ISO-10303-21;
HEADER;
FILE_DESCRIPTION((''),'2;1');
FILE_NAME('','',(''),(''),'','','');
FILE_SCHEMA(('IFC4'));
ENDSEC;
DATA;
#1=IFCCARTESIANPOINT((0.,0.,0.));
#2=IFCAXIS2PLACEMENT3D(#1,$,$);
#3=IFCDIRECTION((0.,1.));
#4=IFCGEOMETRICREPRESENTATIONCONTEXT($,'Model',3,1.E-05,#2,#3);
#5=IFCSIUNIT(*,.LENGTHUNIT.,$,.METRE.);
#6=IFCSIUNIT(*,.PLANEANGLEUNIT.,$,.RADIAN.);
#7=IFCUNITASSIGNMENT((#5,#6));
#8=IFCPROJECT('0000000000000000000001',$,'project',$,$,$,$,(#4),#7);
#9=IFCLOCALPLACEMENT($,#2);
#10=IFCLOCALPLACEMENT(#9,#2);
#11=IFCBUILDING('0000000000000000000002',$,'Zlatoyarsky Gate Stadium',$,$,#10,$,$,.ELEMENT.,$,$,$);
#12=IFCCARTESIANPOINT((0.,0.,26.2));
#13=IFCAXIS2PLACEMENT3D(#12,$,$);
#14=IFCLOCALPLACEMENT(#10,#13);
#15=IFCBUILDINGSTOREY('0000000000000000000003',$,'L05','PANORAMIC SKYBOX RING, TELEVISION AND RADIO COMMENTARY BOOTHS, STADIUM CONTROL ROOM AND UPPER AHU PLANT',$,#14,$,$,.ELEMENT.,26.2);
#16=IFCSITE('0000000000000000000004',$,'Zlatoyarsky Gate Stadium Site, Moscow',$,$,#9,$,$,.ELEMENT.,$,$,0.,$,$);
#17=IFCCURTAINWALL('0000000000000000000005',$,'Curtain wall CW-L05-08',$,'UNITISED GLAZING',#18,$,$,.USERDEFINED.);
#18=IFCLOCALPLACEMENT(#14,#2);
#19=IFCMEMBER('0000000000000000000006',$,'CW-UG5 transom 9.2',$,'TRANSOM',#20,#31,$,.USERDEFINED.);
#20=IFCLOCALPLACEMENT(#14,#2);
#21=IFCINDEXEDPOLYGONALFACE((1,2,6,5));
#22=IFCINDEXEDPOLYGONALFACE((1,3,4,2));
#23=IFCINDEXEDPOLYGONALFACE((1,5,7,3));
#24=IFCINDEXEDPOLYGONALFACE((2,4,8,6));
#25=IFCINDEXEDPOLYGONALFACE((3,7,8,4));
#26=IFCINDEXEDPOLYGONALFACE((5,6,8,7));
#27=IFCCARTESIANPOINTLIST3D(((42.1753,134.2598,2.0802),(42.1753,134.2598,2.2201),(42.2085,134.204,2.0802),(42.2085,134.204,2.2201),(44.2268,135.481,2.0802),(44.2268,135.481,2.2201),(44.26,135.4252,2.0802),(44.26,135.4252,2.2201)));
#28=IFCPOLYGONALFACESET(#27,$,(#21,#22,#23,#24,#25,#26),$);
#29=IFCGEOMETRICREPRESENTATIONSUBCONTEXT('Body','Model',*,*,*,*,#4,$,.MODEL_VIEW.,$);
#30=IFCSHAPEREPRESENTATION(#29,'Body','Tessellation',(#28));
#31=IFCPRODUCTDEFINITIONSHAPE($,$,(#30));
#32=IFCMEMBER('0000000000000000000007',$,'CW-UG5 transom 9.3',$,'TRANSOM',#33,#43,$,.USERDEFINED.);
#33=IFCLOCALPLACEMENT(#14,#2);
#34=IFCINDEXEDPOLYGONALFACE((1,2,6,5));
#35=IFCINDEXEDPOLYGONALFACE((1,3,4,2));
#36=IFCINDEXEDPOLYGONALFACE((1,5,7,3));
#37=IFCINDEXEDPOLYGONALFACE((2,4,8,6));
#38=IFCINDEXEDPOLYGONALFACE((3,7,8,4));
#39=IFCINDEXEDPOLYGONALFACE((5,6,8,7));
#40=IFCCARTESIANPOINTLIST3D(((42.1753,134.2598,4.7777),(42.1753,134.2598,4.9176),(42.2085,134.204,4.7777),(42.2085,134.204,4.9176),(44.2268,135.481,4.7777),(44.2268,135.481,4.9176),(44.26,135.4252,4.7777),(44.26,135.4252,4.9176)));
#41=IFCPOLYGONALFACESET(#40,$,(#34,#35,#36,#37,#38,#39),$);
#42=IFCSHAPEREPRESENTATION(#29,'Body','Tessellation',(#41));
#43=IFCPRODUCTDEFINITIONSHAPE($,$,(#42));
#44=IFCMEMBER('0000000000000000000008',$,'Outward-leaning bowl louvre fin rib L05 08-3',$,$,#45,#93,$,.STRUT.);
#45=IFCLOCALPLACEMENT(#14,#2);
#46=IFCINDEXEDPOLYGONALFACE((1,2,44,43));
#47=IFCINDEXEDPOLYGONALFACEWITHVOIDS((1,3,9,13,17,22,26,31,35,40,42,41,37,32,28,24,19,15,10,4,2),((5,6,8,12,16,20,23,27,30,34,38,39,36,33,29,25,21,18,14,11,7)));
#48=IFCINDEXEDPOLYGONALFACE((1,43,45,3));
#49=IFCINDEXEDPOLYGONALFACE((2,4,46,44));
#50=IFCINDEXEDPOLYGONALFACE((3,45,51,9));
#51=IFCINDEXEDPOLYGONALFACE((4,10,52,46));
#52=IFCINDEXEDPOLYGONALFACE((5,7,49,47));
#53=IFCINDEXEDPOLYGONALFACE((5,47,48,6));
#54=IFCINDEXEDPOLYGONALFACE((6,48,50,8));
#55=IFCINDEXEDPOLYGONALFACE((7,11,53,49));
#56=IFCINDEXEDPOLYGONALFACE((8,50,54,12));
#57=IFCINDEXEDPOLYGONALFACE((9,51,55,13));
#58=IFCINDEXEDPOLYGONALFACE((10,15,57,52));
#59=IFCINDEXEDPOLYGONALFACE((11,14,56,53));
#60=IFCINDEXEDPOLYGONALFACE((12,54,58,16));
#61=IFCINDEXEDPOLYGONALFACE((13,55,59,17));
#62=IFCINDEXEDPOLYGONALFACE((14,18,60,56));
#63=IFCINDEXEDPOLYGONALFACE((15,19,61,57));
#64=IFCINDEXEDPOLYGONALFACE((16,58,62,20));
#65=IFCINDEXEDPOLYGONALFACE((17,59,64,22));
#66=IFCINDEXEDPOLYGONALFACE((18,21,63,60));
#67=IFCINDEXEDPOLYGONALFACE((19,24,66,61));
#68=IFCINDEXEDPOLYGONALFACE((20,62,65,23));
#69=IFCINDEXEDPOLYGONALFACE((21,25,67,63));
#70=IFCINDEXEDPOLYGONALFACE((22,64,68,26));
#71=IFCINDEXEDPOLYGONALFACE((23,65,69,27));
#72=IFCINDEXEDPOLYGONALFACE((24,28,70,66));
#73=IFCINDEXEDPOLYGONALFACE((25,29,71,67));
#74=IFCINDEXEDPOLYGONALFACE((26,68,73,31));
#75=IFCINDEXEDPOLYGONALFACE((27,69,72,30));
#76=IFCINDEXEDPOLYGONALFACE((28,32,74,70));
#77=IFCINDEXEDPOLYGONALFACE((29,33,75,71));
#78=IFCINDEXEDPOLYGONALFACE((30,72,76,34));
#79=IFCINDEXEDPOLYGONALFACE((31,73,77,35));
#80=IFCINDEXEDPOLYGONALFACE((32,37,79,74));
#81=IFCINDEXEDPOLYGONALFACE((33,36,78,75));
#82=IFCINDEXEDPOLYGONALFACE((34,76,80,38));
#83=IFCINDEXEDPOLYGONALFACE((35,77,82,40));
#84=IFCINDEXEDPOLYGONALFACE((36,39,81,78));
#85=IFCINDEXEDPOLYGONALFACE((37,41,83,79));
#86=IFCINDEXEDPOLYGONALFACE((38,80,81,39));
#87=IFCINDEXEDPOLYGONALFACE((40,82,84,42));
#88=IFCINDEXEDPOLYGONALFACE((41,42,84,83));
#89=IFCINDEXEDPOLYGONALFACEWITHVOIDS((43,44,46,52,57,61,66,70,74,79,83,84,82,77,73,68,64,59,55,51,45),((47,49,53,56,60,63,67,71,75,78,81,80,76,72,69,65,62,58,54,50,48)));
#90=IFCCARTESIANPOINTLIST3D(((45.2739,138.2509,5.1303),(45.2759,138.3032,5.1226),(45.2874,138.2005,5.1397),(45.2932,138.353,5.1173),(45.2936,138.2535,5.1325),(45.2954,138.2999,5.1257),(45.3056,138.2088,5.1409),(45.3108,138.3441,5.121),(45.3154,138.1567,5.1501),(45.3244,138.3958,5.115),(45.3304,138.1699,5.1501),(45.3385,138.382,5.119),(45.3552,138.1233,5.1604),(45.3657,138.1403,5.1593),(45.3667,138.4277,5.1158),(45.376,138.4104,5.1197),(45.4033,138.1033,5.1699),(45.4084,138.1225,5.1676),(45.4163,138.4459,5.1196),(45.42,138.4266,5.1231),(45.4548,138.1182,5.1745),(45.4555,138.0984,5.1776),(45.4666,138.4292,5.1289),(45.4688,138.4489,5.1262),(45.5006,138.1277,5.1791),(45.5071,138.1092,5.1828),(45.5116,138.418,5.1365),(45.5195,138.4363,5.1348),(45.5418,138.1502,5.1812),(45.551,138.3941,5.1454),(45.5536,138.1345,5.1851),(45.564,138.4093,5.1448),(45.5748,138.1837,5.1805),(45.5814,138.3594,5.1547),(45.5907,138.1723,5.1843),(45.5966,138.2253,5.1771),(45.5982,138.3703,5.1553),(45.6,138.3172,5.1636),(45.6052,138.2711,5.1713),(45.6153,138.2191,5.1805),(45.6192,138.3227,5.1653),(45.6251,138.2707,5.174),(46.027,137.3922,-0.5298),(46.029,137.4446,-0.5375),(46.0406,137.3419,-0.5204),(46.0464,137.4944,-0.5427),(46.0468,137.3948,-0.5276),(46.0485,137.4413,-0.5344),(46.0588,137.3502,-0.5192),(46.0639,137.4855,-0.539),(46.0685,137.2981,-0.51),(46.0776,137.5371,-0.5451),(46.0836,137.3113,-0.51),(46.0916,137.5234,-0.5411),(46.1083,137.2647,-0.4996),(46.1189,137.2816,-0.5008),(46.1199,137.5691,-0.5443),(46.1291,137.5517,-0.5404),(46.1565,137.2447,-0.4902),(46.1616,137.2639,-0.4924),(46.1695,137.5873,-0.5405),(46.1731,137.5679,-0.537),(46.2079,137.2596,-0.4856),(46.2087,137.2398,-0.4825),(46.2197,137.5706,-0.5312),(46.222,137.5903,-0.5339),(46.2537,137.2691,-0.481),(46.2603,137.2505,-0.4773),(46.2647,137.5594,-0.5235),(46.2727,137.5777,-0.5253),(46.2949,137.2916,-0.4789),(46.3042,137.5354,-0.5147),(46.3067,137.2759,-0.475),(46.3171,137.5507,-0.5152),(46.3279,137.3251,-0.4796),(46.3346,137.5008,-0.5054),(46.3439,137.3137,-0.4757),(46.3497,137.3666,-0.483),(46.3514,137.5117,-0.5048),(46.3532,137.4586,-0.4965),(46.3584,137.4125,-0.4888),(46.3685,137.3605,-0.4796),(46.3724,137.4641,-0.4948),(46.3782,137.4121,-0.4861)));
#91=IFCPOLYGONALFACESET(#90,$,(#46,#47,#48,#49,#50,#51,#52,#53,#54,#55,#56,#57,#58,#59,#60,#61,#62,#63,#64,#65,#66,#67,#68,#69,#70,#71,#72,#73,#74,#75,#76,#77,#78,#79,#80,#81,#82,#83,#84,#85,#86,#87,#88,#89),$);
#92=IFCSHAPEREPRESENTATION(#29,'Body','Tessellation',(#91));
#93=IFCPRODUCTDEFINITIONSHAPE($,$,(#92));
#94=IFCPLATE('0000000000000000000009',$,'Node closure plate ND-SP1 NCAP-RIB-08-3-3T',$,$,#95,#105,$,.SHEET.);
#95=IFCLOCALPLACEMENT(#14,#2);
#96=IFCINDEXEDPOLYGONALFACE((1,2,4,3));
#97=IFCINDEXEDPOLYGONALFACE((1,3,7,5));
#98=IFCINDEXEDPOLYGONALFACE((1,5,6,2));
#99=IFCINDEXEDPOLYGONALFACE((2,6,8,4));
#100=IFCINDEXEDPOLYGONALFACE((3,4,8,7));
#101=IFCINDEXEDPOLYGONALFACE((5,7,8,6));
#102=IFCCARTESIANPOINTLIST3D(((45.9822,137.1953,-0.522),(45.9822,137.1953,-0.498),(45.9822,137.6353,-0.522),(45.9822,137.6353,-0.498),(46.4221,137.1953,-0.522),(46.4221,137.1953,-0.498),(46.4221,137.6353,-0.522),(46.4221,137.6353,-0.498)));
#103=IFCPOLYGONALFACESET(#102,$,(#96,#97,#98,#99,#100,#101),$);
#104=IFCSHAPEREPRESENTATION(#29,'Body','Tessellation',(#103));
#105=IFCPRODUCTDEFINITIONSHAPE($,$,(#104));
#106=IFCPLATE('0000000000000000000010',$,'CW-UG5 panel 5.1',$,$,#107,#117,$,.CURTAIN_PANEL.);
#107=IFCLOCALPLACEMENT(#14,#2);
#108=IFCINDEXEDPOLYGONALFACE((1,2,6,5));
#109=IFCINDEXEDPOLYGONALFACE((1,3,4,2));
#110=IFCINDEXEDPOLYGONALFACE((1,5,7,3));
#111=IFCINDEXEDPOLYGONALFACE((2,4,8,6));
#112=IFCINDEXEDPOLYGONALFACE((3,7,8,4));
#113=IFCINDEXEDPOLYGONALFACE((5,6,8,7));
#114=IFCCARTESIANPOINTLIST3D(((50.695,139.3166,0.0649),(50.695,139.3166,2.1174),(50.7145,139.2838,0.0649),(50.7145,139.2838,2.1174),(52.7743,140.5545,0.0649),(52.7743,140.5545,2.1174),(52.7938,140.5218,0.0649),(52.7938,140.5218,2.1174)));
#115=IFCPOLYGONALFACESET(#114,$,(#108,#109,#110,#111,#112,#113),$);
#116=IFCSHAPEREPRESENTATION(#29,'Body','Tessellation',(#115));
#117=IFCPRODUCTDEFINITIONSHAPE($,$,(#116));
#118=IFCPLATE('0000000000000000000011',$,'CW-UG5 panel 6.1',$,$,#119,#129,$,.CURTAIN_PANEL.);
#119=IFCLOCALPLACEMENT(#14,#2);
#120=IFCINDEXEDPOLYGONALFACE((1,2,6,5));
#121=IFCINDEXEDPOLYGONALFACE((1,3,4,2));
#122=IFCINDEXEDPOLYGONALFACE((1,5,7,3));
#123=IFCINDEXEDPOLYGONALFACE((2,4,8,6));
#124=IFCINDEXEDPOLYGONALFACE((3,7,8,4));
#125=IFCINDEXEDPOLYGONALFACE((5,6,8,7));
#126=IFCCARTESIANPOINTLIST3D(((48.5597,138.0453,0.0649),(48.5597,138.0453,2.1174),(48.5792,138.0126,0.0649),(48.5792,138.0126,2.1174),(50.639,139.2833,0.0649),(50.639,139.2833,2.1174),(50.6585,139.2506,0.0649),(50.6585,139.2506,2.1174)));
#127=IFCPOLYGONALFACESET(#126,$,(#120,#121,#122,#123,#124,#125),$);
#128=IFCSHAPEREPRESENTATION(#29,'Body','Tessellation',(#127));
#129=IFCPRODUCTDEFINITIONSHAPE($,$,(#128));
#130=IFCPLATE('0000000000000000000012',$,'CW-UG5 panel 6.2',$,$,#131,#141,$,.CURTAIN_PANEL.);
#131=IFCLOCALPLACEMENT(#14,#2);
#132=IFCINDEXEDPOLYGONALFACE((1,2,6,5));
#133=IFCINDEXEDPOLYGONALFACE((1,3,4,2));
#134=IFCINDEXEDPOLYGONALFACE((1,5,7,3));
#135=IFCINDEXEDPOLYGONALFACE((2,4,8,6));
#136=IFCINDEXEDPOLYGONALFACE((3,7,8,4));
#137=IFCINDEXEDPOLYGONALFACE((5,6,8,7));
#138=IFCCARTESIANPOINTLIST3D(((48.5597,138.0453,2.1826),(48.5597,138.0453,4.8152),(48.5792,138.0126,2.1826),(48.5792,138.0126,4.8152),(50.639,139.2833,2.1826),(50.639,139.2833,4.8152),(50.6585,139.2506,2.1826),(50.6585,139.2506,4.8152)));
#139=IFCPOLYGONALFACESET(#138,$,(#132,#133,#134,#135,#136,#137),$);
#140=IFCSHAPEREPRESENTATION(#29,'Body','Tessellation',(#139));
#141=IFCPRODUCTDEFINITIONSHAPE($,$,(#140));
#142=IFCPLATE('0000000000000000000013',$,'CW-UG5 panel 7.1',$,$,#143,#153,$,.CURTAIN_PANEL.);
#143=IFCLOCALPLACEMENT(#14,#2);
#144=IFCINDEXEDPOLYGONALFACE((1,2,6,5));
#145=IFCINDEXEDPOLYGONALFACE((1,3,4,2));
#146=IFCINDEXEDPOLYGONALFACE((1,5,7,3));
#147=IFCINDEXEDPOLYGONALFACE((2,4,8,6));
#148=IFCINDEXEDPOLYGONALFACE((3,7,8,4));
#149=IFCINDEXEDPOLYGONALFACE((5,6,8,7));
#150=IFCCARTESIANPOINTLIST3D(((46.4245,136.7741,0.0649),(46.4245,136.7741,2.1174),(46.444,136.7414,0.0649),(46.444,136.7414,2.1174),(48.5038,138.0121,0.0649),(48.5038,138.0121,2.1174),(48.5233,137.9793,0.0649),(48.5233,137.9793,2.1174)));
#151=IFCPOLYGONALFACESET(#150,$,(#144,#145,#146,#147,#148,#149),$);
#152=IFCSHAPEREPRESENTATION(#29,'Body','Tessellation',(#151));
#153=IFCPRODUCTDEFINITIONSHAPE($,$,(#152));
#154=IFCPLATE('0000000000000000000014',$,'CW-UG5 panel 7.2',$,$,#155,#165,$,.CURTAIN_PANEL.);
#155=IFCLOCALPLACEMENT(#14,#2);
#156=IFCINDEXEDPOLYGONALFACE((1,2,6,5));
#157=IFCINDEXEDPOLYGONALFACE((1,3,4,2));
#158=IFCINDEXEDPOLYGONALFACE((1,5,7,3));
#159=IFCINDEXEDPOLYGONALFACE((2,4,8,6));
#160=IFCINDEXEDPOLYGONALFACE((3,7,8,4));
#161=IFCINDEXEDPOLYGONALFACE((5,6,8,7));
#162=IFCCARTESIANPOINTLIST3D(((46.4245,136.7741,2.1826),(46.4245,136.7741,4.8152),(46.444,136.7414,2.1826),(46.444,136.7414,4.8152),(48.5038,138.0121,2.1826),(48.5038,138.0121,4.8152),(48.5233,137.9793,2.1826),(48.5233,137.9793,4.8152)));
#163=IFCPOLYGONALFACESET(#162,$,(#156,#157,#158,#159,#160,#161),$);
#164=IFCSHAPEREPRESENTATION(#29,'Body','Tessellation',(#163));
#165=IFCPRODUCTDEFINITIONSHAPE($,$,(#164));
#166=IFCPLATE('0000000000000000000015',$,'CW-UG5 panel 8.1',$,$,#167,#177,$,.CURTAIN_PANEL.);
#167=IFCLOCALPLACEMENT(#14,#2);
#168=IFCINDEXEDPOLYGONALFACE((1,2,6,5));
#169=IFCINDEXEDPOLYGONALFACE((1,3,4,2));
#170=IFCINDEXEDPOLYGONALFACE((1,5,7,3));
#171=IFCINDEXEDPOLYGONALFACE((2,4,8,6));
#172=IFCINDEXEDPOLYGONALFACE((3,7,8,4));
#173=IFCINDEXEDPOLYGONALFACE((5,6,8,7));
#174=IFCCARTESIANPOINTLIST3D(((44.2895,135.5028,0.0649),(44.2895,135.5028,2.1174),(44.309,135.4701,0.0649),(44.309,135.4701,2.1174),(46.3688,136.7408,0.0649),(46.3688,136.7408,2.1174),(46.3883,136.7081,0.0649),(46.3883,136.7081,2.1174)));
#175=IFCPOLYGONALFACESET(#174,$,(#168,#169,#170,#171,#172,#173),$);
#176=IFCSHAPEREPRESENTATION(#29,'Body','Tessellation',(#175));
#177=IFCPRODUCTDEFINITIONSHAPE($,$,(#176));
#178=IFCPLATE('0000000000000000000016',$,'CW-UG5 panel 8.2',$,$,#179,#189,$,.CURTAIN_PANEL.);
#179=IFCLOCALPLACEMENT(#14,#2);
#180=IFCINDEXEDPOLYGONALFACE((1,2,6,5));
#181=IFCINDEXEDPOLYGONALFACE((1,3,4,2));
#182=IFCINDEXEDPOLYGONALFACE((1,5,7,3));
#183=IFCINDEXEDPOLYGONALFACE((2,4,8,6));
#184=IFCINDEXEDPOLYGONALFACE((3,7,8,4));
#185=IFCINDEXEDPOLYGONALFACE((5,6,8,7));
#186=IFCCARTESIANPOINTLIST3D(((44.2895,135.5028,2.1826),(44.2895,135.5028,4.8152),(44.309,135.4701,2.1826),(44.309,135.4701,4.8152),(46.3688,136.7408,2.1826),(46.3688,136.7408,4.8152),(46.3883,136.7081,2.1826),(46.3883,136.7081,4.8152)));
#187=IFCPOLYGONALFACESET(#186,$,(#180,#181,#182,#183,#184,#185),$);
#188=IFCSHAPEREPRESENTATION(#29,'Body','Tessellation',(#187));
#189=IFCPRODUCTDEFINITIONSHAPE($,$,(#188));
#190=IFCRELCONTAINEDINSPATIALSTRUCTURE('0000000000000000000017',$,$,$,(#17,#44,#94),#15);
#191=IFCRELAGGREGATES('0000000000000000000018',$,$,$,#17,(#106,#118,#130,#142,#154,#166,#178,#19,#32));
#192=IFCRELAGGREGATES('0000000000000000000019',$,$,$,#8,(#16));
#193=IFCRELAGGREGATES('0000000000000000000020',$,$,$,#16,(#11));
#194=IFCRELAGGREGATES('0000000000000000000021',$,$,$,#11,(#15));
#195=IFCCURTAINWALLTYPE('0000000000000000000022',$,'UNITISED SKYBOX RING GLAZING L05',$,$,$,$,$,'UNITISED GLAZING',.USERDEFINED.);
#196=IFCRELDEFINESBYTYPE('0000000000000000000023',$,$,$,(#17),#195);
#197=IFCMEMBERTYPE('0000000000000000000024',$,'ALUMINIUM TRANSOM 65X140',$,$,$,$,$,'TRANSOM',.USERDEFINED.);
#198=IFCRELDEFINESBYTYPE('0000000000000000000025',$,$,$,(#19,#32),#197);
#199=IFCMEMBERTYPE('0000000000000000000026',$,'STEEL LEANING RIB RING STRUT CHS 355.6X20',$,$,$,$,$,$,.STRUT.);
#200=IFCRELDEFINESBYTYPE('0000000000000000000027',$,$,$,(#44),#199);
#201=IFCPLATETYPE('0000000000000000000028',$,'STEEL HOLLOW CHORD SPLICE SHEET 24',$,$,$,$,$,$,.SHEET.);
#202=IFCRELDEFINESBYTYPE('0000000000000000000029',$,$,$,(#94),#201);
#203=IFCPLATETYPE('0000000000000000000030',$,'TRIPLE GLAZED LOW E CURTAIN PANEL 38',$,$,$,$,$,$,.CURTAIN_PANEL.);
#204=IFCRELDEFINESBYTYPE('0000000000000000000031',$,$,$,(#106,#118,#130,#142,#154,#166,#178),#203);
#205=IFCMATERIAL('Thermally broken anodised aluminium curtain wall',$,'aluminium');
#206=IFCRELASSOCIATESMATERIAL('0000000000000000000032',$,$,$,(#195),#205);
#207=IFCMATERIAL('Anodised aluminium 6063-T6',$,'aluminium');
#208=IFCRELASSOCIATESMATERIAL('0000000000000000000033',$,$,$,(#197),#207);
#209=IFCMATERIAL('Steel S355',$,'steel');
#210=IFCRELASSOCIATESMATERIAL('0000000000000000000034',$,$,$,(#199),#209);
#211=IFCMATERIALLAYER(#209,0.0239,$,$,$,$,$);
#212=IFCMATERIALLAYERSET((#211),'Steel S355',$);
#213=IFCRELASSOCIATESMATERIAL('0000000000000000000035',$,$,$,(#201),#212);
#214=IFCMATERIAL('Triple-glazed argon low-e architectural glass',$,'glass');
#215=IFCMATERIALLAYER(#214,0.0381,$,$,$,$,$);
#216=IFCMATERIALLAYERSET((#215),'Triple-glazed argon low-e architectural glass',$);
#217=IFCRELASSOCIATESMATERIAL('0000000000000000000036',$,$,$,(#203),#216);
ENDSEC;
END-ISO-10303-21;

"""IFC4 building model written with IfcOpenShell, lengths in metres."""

from ifc_helpers import new_model, si_unit, direction, frame, origin, origin_2d, place, context, subcontext, project, spatial, rectangle, hollow_circle, extrude, material, layer, layer_set, material_profile, profile_set, type_object, element, aggregate, save


model = new_model("IFC4")

# Units and contexts
model_context = context("Model", 3, precision=1e-05, world=origin(), true_north=direction((0.0, 1.0)))
body_context = subcontext(model_context, "Body", "Model", "MODEL_VIEW")
ifc_project = project(units=[si_unit("LENGTHUNIT", "METRE"), si_unit("PLANEANGLEUNIT", "RADIAN")], contexts=[model_context])

# Site, building, storey
site_placement = place(None, origin())
site = spatial("IfcSite", under=ifc_project, at=site_placement, Name="Zlatoyarsky Gate Stadium Site, Moscow", CompositionType="ELEMENT", RefElevation=0.0)
building_placement = place(site_placement, origin())
building = spatial("IfcBuilding", under=site, at=building_placement, Name="Zlatoyarsky Gate Stadium", CompositionType="ELEMENT")
storey_placement = place(building_placement, frame((0.0, 0.0, 26.2)))
storey = spatial("IfcBuildingStorey", under=building, at=storey_placement, Name="L05", Description="PANORAMIC SKYBOX RING, TELEVISION AND RADIO COMMENTARY BOOTHS, STADIUM CONTROL ROOM AND UPPER AHU PLANT", CompositionType="ELEMENT", Elevation=26.2)

# Curtain wall, members
ifc_material_1 = material(Name="Thermally broken anodised aluminium curtain wall", Category="aluminium")
curtain_wall_type = type_object("IfcCurtainWallType", Name="UNITISED SKYBOX RING GLAZING L05", ElementType="UNITISED GLAZING", PredefinedType="USERDEFINED", material=ifc_material_1)
curtain_wall_placement = place(storey_placement, origin())
curtain_wall = element("IfcCurtainWall", 1, at=curtain_wall_placement, inside=storey, type_object=curtain_wall_type, Name="Curtain wall CW-L05-08", ObjectType="UNITISED GLAZING", PredefinedType="USERDEFINED")
ifc_material_2 = material(Name="Anodised aluminium 6063-T6", Category="aluminium")
ifc_material_profile_1 = material_profile(ifc_material_2, rectangle(XDim=0.0649, YDim=0.1399, at=origin_2d()), Name="ALU 65X140")
ifc_profile_set_1 = profile_set([ifc_material_profile_1], Name="Anodised aluminium 6063-T6")
member_type_1 = type_object("IfcMemberType", Name="ALUMINIUM TRANSOM 65X140", ElementType="TRANSOM", PredefinedType="USERDEFINED", material=ifc_profile_set_1)
member_1_placement = place(storey_placement, frame((44.2434, 135.4531, 2.1501), z_axis=(-0.859283, -0.5115, 0.0), x_axis=(0.5115, -0.859283, 0.0)))
member_1 = element("IfcMember", 2, at=member_1_placement, type_object=member_type_1, Name="CW-UG5 transom 9.2", ObjectType="TRANSOM", PredefinedType="USERDEFINED", context=body_context, shape_type="SweptSolid", body=[
    extrude(rectangle(XDim=0.0649, YDim=0.1399, at=origin_2d()), origin(), (0.0, 0.0, 1.0), 2.3875),
])
member_2_placement = place(storey_placement, frame((44.2434, 135.4531, 4.8477), z_axis=(-0.859283, -0.5115, 0.0), x_axis=(0.5115, -0.859283, 0.0)))
member_2 = element("IfcMember", 3, at=member_2_placement, type_object=member_type_1, Name="CW-UG5 transom 9.3", ObjectType="TRANSOM", PredefinedType="USERDEFINED", context=body_context, shape_type="SweptSolid", body=[
    extrude(rectangle(XDim=0.0649, YDim=0.1399, at=origin_2d()), origin(), (0.0, 0.0, 1.0), 2.3875),
])

# Member
ifc_material_3 = material(Name="Steel S355", Category="steel")
ifc_material_profile_2 = material_profile(ifc_material_3, hollow_circle(Radius=0.1777, WallThickness=0.02, at=origin_2d()), Name="CHS 355.6X20")
ifc_profile_set_2 = profile_set([ifc_material_profile_2], Name="Steel S355")
member_type_2 = type_object("IfcMemberType", Name="STEEL LEANING RIB RING STRUT CHS 355.6X20", PredefinedType="STRUT", material=ifc_profile_set_2)
member_3_placement = place(storey_placement, frame((46.2021, 137.4153, -0.51), z_axis=(-0.130437, 0.148702, 0.980242), x_axis=(-0.751768, -0.659427, 0.0)))
element("IfcMember", 4, at=member_3_placement, inside=storey, type_object=member_type_2, Name="Outward-leaning bowl louvre fin rib L05 08-3", PredefinedType="STRUT", context=body_context, shape_type="SweptSolid", body=[
    extrude(hollow_circle(Radius=0.1777, WallThickness=0.02, at=origin_2d()), origin(), (0.0, 0.0, 1.0), 5.7742),
])

# Plates
ifc_layer_1 = layer(ifc_material_3, 0.0239)
ifc_layer_set_1 = layer_set([ifc_layer_1], Name="Steel S355")
plate_type_1 = type_object("IfcPlateType", Name="STEEL HOLLOW CHORD SPLICE SHEET 24", PredefinedType="SHEET", material=ifc_layer_set_1)
plate_1_placement = place(storey_placement, frame((46.2021, 137.4153, -0.522), z_axis=(0.0, 0.0, 1.0), x_axis=(1.0, 0.0, 0.0)))
element("IfcPlate", 5, at=plate_1_placement, inside=storey, type_object=plate_type_1, Name="Node closure plate ND-SP1 NCAP-RIB-08-3-3T", PredefinedType="SHEET", context=body_context, shape_type="SweptSolid", body=[
    extrude(rectangle(XDim=0.4399, YDim=0.4399, at=origin_2d()), origin(), (0.0, 0.0, 1.0), 0.0239),
])
ifc_material_4 = material(Name="Triple-glazed argon low-e architectural glass", Category="glass")
ifc_layer_2 = layer(ifc_material_4, 0.0381)
ifc_layer_set_2 = layer_set([ifc_layer_2], Name="Triple-glazed argon low-e architectural glass")
plate_type_2 = type_object("IfcPlateType", Name="TRIPLE GLAZED LOW E CURTAIN PANEL 38", PredefinedType="CURTAIN_PANEL", material=ifc_layer_set_2)
plate_2_placement = place(storey_placement, frame((51.7444, 139.9192, 0.0649), z_axis=(0.0, 0.0, 1.0), x_axis=(-0.859239, -0.511575, 0.0)))
plate_2 = element("IfcPlate", 6, at=plate_2_placement, type_object=plate_type_2, Name="CW-UG5 panel 5.1", PredefinedType="CURTAIN_PANEL", context=body_context, shape_type="SweptSolid", body=[
    extrude(rectangle(XDim=2.4199, YDim=0.0381, at=origin_2d()), origin(), (0.0, 0.0, 1.0), 2.0525),
])
plate_3_placement = place(storey_placement, frame((49.6091, 138.6479, 0.0649), z_axis=(0.0, 0.0, 1.0), x_axis=(-0.859239, -0.511575, 0.0)))
plate_3 = element("IfcPlate", 7, at=plate_3_placement, type_object=plate_type_2, Name="CW-UG5 panel 6.1", PredefinedType="CURTAIN_PANEL", context=body_context, shape_type="SweptSolid", body=[
    extrude(rectangle(XDim=2.4199, YDim=0.0381, at=origin_2d()), origin(), (0.0, 0.0, 1.0), 2.0525),
])
plate_4_placement = place(storey_placement, frame((49.6091, 138.6479, 2.1826), z_axis=(0.0, 0.0, 1.0), x_axis=(-0.859239, -0.511575, 0.0)))
plate_4 = element("IfcPlate", 8, at=plate_4_placement, type_object=plate_type_2, Name="CW-UG5 panel 6.2", PredefinedType="CURTAIN_PANEL", context=body_context, shape_type="SweptSolid", body=[
    extrude(rectangle(XDim=2.4199, YDim=0.0381, at=origin_2d()), origin(), (0.0, 0.0, 1.0), 2.6326),
])
plate_5_placement = place(storey_placement, frame((47.4739, 137.3767, 0.0649), z_axis=(0.0, 0.0, 1.0), x_axis=(-0.859239, -0.511575, 0.0)))
plate_5 = element("IfcPlate", 9, at=plate_5_placement, type_object=plate_type_2, Name="CW-UG5 panel 7.1", PredefinedType="CURTAIN_PANEL", context=body_context, shape_type="SweptSolid", body=[
    extrude(rectangle(XDim=2.4199, YDim=0.0381, at=origin_2d()), origin(), (0.0, 0.0, 1.0), 2.0525),
])
plate_6_placement = place(storey_placement, frame((47.4739, 137.3767, 2.1826), z_axis=(0.0, 0.0, 1.0), x_axis=(-0.859239, -0.511575, 0.0)))
plate_6 = element("IfcPlate", 10, at=plate_6_placement, type_object=plate_type_2, Name="CW-UG5 panel 7.2", PredefinedType="CURTAIN_PANEL", context=body_context, shape_type="SweptSolid", body=[
    extrude(rectangle(XDim=2.4199, YDim=0.0381, at=origin_2d()), origin(), (0.0, 0.0, 1.0), 2.6326),
])
plate_7_placement = place(storey_placement, frame((45.3389, 136.1055, 0.0649), z_axis=(0.0, 0.0, 1.0), x_axis=(-0.859239, -0.511575, 0.0)))
plate_7 = element("IfcPlate", 11, at=plate_7_placement, type_object=plate_type_2, Name="CW-UG5 panel 8.1", PredefinedType="CURTAIN_PANEL", context=body_context, shape_type="SweptSolid", body=[
    extrude(rectangle(XDim=2.4199, YDim=0.0381, at=origin_2d()), origin(), (0.0, 0.0, 1.0), 2.0525),
])
plate_8_placement = place(storey_placement, frame((45.3389, 136.1055, 2.1826), z_axis=(0.0, 0.0, 1.0), x_axis=(-0.859239, -0.511575, 0.0)))
plate_8 = element("IfcPlate", 12, at=plate_8_placement, type_object=plate_type_2, Name="CW-UG5 panel 8.2", PredefinedType="CURTAIN_PANEL", context=body_context, shape_type="SweptSolid", body=[
    extrude(rectangle(XDim=2.4199, YDim=0.0381, at=origin_2d()), origin(), (0.0, 0.0, 1.0), 2.6326),
])
aggregate(curtain_wall, [plate_2, plate_3, plate_4, plate_5, plate_6, plate_7, plate_8, member_1, member_2])

save(model, "model.ifc")
